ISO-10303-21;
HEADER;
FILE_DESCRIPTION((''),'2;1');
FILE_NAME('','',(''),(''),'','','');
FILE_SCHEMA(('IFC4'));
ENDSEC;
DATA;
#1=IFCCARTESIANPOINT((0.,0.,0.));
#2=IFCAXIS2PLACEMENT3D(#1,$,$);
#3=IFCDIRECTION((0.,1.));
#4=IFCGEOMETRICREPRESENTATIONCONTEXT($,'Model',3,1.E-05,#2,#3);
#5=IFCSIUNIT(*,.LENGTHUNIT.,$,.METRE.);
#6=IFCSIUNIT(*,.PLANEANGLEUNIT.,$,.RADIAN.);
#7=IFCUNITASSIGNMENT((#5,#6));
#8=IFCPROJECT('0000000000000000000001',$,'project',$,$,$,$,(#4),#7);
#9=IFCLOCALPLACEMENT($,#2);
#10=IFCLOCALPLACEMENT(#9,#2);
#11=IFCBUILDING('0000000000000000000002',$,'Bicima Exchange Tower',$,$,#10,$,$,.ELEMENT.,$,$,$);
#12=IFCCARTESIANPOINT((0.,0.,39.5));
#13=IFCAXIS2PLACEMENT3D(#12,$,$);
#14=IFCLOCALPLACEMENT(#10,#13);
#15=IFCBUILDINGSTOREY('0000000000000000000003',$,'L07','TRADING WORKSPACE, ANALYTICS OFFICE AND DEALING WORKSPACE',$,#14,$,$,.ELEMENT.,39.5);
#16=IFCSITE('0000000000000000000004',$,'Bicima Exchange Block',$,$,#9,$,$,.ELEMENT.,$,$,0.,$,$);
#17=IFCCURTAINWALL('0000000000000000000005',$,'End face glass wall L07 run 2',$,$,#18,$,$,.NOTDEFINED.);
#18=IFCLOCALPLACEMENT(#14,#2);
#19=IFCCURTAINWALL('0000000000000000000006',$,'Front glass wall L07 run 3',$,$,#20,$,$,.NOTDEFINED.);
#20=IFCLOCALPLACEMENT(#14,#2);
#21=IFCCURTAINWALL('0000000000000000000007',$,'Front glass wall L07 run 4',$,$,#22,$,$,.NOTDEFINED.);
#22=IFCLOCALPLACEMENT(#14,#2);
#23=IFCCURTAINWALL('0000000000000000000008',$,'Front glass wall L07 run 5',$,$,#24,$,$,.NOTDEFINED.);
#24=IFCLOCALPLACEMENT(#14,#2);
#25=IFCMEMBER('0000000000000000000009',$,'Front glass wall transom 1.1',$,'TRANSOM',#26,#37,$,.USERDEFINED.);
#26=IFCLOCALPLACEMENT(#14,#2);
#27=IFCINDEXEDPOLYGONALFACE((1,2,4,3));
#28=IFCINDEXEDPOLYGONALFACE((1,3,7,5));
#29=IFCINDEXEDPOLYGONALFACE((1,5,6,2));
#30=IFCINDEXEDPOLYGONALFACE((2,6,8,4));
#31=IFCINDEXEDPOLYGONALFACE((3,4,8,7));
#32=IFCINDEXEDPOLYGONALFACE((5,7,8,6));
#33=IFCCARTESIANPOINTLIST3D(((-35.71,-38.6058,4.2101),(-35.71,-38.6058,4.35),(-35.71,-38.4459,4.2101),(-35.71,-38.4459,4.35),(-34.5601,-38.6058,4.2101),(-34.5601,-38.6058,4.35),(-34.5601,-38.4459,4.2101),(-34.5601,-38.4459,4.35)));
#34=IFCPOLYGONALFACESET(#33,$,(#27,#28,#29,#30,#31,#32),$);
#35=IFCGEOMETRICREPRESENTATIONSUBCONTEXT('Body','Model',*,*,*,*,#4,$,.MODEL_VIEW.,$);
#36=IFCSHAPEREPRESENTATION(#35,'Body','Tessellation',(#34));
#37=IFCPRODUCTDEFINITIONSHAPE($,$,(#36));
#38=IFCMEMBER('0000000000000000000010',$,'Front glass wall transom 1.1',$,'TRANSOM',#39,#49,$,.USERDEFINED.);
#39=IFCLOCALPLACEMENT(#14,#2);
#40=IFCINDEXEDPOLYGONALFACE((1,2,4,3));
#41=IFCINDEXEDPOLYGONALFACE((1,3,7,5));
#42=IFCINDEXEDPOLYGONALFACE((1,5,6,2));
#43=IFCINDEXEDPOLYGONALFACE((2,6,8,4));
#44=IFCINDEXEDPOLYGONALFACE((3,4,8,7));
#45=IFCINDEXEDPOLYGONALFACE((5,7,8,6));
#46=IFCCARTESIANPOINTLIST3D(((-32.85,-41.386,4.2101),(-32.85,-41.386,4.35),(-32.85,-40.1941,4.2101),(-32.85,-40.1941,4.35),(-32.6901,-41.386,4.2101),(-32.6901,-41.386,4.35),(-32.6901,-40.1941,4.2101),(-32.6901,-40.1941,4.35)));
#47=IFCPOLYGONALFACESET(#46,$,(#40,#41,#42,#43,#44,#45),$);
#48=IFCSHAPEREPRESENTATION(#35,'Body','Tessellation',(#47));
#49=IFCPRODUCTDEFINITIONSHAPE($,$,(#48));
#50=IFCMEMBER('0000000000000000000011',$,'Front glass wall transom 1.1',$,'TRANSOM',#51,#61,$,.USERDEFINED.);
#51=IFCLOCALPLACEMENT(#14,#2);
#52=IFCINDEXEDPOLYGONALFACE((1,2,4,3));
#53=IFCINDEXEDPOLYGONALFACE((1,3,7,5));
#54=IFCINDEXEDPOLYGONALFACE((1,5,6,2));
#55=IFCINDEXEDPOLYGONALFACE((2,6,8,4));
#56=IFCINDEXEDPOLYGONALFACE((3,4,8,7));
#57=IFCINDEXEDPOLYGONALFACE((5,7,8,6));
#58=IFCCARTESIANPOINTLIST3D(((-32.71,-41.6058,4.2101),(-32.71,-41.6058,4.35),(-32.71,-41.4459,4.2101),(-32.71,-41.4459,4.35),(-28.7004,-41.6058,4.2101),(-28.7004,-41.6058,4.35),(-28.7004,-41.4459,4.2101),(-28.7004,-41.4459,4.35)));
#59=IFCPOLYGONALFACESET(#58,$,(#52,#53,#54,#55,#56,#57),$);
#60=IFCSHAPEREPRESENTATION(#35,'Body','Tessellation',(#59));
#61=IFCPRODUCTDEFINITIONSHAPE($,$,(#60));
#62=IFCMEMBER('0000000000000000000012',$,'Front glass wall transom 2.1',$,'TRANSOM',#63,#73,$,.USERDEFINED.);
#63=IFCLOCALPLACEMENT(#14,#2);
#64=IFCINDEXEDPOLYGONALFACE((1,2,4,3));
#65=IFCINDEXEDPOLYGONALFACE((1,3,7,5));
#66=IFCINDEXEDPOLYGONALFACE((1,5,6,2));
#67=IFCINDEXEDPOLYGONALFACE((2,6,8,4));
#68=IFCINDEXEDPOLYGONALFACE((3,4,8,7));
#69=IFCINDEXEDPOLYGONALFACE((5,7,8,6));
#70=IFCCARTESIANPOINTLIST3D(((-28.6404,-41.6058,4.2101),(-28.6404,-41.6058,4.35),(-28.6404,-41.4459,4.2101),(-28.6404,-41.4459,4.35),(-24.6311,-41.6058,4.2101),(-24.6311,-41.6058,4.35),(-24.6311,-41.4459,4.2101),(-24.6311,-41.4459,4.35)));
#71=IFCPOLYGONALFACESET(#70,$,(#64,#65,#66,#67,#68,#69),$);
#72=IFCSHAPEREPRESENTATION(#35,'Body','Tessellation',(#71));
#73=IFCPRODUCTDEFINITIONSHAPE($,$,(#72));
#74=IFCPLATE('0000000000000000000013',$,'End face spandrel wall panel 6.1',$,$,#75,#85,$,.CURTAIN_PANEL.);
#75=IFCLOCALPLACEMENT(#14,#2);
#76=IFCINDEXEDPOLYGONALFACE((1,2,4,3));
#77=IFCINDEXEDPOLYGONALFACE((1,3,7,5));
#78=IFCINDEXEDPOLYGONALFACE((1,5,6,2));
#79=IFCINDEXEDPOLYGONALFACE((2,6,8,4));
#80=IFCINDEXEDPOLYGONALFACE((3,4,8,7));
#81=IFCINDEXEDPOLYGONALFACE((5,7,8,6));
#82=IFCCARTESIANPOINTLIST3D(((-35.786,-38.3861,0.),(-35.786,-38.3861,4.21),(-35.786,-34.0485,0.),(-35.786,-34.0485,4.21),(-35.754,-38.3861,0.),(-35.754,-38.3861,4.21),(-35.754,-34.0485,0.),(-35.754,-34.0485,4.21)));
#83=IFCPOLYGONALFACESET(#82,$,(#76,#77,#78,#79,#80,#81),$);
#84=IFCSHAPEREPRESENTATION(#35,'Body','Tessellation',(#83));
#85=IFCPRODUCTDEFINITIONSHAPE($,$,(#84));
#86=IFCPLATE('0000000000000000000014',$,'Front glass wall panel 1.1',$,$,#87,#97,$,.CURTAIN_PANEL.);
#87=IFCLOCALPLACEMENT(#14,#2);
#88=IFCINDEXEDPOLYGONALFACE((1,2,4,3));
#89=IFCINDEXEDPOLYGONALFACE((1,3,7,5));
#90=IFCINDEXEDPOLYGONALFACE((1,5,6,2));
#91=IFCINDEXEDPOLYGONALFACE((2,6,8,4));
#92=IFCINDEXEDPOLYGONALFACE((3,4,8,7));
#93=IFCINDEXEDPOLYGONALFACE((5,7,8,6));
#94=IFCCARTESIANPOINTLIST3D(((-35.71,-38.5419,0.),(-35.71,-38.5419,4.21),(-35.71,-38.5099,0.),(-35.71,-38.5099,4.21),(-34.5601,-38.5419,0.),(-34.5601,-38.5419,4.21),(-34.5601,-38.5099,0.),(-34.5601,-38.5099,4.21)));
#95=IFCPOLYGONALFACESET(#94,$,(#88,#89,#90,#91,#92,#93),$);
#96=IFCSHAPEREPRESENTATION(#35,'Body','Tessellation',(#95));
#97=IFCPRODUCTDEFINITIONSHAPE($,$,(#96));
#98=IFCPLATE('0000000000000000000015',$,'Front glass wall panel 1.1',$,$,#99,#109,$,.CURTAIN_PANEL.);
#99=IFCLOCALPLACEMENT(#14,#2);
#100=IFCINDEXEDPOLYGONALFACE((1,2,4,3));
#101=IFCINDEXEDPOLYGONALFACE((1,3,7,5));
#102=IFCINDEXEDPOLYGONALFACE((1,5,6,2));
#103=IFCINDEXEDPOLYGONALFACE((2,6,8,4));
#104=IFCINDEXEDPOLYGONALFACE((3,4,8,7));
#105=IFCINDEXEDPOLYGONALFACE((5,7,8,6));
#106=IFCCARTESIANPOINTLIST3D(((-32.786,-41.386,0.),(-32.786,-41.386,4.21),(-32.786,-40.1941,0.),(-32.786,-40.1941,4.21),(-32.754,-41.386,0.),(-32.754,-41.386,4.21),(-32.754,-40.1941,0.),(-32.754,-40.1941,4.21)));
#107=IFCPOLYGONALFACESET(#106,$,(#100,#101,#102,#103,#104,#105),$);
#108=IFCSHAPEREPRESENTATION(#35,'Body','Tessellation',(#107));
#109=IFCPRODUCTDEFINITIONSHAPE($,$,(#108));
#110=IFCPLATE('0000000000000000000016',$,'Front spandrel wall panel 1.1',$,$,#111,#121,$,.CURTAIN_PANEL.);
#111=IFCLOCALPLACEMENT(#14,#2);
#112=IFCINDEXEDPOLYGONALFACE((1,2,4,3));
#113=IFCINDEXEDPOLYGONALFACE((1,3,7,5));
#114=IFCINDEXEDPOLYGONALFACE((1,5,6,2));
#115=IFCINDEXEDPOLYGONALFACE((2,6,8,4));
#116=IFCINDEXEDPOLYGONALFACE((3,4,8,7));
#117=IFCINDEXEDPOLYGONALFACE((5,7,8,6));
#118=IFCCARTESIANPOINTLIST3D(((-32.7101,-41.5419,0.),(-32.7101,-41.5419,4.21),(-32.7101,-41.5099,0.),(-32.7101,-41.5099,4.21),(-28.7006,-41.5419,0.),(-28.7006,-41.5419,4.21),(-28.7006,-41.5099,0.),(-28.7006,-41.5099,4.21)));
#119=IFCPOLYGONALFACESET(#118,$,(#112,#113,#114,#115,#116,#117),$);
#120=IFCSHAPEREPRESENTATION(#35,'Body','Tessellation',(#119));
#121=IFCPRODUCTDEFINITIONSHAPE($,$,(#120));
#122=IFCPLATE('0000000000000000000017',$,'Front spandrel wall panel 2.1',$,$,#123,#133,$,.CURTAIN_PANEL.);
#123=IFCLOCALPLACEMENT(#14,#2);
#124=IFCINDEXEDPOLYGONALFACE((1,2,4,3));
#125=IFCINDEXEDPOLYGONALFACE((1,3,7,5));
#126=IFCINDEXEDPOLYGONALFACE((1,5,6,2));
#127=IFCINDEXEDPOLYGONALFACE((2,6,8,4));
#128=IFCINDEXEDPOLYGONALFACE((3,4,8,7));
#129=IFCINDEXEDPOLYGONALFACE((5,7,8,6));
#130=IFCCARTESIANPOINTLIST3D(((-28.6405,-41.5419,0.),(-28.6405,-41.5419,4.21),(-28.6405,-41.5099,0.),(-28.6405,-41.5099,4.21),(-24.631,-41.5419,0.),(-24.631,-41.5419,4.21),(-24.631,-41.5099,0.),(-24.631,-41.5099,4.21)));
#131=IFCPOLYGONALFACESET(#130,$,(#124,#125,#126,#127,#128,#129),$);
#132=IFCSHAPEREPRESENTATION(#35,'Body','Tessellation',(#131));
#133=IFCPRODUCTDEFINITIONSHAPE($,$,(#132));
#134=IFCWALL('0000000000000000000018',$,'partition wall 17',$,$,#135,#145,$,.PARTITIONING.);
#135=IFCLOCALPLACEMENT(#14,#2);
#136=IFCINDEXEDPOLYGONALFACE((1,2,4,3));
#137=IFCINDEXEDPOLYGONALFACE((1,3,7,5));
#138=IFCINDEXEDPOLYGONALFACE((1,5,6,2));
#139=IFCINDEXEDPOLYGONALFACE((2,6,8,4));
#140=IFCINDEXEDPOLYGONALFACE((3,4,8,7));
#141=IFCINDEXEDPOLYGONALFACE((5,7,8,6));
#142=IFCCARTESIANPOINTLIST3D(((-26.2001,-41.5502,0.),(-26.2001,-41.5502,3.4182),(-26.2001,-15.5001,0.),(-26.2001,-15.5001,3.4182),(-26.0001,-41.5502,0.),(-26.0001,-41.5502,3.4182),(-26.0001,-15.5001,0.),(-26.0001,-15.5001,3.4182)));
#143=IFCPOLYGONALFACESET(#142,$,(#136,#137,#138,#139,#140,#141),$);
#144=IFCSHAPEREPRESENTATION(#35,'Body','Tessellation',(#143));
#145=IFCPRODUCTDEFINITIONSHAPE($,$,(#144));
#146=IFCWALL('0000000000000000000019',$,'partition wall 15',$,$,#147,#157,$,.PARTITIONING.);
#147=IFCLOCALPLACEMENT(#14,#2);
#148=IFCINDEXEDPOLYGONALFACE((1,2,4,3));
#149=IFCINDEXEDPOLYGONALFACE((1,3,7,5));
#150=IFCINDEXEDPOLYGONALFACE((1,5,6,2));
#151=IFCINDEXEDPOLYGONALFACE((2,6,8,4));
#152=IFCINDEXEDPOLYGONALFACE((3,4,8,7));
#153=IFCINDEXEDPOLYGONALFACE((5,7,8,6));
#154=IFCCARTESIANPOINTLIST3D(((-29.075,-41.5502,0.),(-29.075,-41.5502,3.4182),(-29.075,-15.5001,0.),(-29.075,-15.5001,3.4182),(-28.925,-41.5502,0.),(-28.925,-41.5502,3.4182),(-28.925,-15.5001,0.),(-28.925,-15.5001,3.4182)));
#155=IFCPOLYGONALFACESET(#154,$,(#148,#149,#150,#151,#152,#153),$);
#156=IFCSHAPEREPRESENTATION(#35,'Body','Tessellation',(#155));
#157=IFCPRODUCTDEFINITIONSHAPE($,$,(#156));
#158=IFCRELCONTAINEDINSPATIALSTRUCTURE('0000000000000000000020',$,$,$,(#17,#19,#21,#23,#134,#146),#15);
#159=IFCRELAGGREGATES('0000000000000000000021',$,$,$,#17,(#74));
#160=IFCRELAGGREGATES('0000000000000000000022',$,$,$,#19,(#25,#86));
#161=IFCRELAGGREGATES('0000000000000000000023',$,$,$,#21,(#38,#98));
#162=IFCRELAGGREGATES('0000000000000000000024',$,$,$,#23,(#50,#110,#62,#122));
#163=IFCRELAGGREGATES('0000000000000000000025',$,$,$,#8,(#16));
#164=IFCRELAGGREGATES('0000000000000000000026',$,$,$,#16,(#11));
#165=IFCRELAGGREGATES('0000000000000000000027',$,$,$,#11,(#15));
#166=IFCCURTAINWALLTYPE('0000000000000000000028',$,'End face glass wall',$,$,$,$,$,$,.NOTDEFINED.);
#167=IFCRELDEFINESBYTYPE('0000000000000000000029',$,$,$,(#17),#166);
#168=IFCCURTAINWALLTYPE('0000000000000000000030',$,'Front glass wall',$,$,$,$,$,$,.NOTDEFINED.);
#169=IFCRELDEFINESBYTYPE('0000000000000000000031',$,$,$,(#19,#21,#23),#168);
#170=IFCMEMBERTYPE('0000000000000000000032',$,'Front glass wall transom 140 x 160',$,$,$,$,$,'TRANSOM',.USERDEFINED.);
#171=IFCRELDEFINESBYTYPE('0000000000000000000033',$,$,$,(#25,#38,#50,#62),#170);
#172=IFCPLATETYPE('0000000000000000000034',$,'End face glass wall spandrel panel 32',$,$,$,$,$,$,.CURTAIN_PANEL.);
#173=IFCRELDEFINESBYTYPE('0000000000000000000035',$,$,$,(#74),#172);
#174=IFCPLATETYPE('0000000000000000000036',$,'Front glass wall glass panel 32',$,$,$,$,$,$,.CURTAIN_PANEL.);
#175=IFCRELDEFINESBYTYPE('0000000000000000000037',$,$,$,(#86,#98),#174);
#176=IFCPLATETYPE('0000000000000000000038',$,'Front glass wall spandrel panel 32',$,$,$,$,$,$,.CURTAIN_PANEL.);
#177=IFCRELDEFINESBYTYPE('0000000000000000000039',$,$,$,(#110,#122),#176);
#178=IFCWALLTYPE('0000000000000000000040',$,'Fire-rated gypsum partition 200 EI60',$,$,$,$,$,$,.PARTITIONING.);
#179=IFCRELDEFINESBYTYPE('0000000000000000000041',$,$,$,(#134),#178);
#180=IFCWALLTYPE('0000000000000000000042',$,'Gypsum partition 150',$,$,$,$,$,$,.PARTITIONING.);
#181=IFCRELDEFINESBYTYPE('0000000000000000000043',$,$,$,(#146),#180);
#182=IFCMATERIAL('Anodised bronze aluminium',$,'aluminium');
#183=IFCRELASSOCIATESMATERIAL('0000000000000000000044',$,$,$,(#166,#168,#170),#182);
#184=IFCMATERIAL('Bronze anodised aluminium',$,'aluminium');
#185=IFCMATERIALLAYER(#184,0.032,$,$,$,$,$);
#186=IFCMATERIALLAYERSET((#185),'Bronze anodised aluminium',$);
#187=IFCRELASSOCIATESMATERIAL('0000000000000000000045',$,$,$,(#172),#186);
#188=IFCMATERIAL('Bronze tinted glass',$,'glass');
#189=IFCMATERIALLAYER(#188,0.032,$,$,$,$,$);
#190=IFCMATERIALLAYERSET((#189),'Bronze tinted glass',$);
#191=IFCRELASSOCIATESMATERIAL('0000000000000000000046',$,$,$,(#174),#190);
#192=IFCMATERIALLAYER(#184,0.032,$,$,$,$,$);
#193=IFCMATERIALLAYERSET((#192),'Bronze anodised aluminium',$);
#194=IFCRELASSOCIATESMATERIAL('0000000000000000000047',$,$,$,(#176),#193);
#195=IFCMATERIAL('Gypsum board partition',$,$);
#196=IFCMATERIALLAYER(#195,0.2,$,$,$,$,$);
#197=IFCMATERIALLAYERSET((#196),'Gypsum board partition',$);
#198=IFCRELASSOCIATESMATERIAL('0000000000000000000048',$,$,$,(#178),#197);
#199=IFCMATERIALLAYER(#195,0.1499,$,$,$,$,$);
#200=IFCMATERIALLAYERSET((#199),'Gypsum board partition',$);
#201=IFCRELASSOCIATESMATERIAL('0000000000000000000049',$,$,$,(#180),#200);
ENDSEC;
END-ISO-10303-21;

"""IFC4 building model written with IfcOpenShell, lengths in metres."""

from ifc_helpers import new_model, si_unit, direction, frame, frame_2d, origin, origin_2d, place, context, subcontext, project, spatial, rectangle, extrude, material, layer, layer_set, material_profile, profile_set, type_object, element, aggregate, save


model = new_model("IFC4")

# Units and contexts
model_context = context("Model", 3, precision=1e-05, world=origin(), true_north=direction((0.0, 1.0)))
body_context = subcontext(model_context, "Body", "Model", "MODEL_VIEW")
ifc_project = project(units=[si_unit("LENGTHUNIT", "METRE"), si_unit("PLANEANGLEUNIT", "RADIAN")], contexts=[model_context])

# Site, building, storey
site_placement = place(None, origin())
site = spatial("IfcSite", under=ifc_project, at=site_placement, Name="Bicima Exchange Block", CompositionType="ELEMENT", RefElevation=0.0)
building_placement = place(site_placement, origin())
building = spatial("IfcBuilding", under=site, at=building_placement, Name="Bicima Exchange Tower", CompositionType="ELEMENT")
storey_placement = place(building_placement, frame((0.0, 0.0, 39.5)))
storey = spatial("IfcBuildingStorey", under=building, at=storey_placement, Name="L07", Description="TRADING WORKSPACE, ANALYTICS OFFICE AND DEALING WORKSPACE", CompositionType="ELEMENT", Elevation=39.5)

# Curtain wall
ifc_material_1 = material(Name="Anodised bronze aluminium", Category="aluminium")
curtain_wall_type_1 = type_object("IfcCurtainWallType", Name="End face glass wall", PredefinedType="NOTDEFINED", material=ifc_material_1)
curtain_wall_1_placement = place(storey_placement, origin())
curtain_wall_1 = element("IfcCurtainWall", 1, at=curtain_wall_1_placement, inside=storey, type_object=curtain_wall_type_1, Name="End face glass wall L07 run 2", PredefinedType="NOTDEFINED")

# Curtain walls
curtain_wall_type_2 = type_object("IfcCurtainWallType", Name="Front glass wall", PredefinedType="NOTDEFINED", material=ifc_material_1)
curtain_wall_2_placement = place(storey_placement, origin())
curtain_wall_2 = element("IfcCurtainWall", 2, at=curtain_wall_2_placement, inside=storey, type_object=curtain_wall_type_2, Name="Front glass wall L07 run 3", PredefinedType="NOTDEFINED")
curtain_wall_3_placement = place(storey_placement, origin())
curtain_wall_3 = element("IfcCurtainWall", 3, at=curtain_wall_3_placement, inside=storey, type_object=curtain_wall_type_2, Name="Front glass wall L07 run 4", PredefinedType="NOTDEFINED")
curtain_wall_4_placement = place(storey_placement, origin())
curtain_wall_4 = element("IfcCurtainWall", 4, at=curtain_wall_4_placement, inside=storey, type_object=curtain_wall_type_2, Name="Front glass wall L07 run 5", PredefinedType="NOTDEFINED")

# Members
ifc_material_profile_1 = material_profile(ifc_material_1, rectangle(XDim=0.1599, YDim=0.1399, at=origin_2d()))
ifc_profile_set_1 = profile_set([ifc_material_profile_1], Name="Anodised bronze aluminium")
member_type_1 = type_object("IfcMemberType", Name="Front glass wall transom 140 x 160", ElementType="TRANSOM", PredefinedType="USERDEFINED", material=ifc_profile_set_1)
member_1_placement = place(storey_placement, frame((-35.71, -38.5259, 4.28), z_axis=(1.0, 0.0, 0.0), x_axis=(0.0, 1.0, 0.0)))
member_1 = element("IfcMember", 5, at=member_1_placement, type_object=member_type_1, Name="Front glass wall transom 1.1", ObjectType="TRANSOM", PredefinedType="USERDEFINED", context=body_context, shape_type="SweptSolid", body=[
    extrude(rectangle(XDim=0.1599, YDim=0.1399, at=origin_2d()), origin(), (0.0, 0.0, 1.0), 1.1499),
])
member_2_placement = place(storey_placement, frame((-32.77, -40.1941, 4.28), z_axis=(0.0, -1.0, 0.0), x_axis=(1.0, 0.0, 0.0)))
member_2 = element("IfcMember", 6, at=member_2_placement, type_object=member_type_1, Name="Front glass wall transom 1.1", ObjectType="TRANSOM", PredefinedType="USERDEFINED", context=body_context, shape_type="SweptSolid", body=[
    extrude(rectangle(XDim=0.1599, YDim=0.1399, at=origin_2d()), origin(), (0.0, 0.0, 1.0), 1.1919),
])
member_3_placement = place(storey_placement, frame((-32.71, -41.5259, 4.28), z_axis=(1.0, 0.0, 0.0), x_axis=(0.0, 1.0, 0.0)))
member_3 = element("IfcMember", 7, at=member_3_placement, type_object=member_type_1, Name="Front glass wall transom 1.1", ObjectType="TRANSOM", PredefinedType="USERDEFINED", context=body_context, shape_type="SweptSolid", body=[
    extrude(rectangle(XDim=0.1599, YDim=0.1399, at=origin_2d()), origin(), (0.0, 0.0, 1.0), 4.0095),
])
member_4_placement = place(storey_placement, frame((-28.6404, -41.5259, 4.28), z_axis=(1.0, 0.0, 0.0), x_axis=(0.0, 1.0, 0.0)))
member_4 = element("IfcMember", 8, at=member_4_placement, type_object=member_type_1, Name="Front glass wall transom 2.1", ObjectType="TRANSOM", PredefinedType="USERDEFINED", context=body_context, shape_type="SweptSolid", body=[
    extrude(rectangle(XDim=0.1599, YDim=0.1399, at=origin_2d()), origin(), (0.0, 0.0, 1.0), 4.0093),
])

# Plates
ifc_material_2 = material(Name="Bronze anodised aluminium", Category="aluminium")
ifc_layer_1 = layer(ifc_material_2, 0.032)
ifc_layer_set_1 = layer_set([ifc_layer_1], Name="Bronze anodised aluminium")
plate_type_1 = type_object("IfcPlateType", Name="End face glass wall spandrel panel 32", PredefinedType="CURTAIN_PANEL", material=ifc_layer_set_1)
plate_1_placement = place(storey_placement, frame((-35.77, -36.2173, 0.0), z_axis=(0.0, 0.0, 1.0), x_axis=(0.0, -1.0, 0.0)))
plate_1 = element("IfcPlate", 9, at=plate_1_placement, type_object=plate_type_1, Name="End face spandrel wall panel 6.1", PredefinedType="CURTAIN_PANEL", context=body_context, shape_type="SweptSolid", body=[
    extrude(rectangle(XDim=4.3376, YDim=0.032, at=origin_2d()), origin(), (0.0, 0.0, 1.0), 4.21),
])
aggregate(curtain_wall_1, [plate_1])
ifc_material_3 = material(Name="Bronze tinted glass", Category="glass")
ifc_layer_2 = layer(ifc_material_3, 0.032)
ifc_layer_set_2 = layer_set([ifc_layer_2], Name="Bronze tinted glass")
plate_type_2 = type_object("IfcPlateType", Name="Front glass wall glass panel 32", PredefinedType="CURTAIN_PANEL", material=ifc_layer_set_2)
plate_2_placement = place(storey_placement, frame((-35.135, -38.5259, 0.0), z_axis=(0.0, 0.0, 1.0), x_axis=(1.0, 0.0, 0.0)))
plate_2 = element("IfcPlate", 10, at=plate_2_placement, type_object=plate_type_2, Name="Front glass wall panel 1.1", PredefinedType="CURTAIN_PANEL", context=body_context, shape_type="SweptSolid", body=[
    extrude(rectangle(XDim=1.1499, YDim=0.032, at=origin_2d()), origin(), (0.0, 0.0, 1.0), 4.21),
])
aggregate(curtain_wall_2, [member_1, plate_2])
plate_3_placement = place(storey_placement, frame((-32.77, -40.79, 0.0), z_axis=(0.0, 0.0, 1.0), x_axis=(0.0, -1.0, 0.0)))
plate_3 = element("IfcPlate", 11, at=plate_3_placement, type_object=plate_type_2, Name="Front glass wall panel 1.1", PredefinedType="CURTAIN_PANEL", context=body_context, shape_type="SweptSolid", body=[
    extrude(rectangle(XDim=1.1919, YDim=0.032, at=origin_2d()), origin(), (0.0, 0.0, 1.0), 4.21),
])
aggregate(curtain_wall_3, [member_2, plate_3])
ifc_layer_3 = layer(ifc_material_2, 0.032)
ifc_layer_set_3 = layer_set([ifc_layer_3], Name="Bronze anodised aluminium")
plate_type_3 = type_object("IfcPlateType", Name="Front glass wall spandrel panel 32", PredefinedType="CURTAIN_PANEL", material=ifc_layer_set_3)
plate_4_placement = place(storey_placement, frame((-30.7053, -41.5259, 0.0), z_axis=(0.0, 0.0, 1.0), x_axis=(1.0, 0.0, 0.0)))
plate_4 = element("IfcPlate", 12, at=plate_4_placement, type_object=plate_type_3, Name="Front spandrel wall panel 1.1", PredefinedType="CURTAIN_PANEL", context=body_context, shape_type="SweptSolid", body=[
    extrude(rectangle(XDim=4.0095, YDim=0.032, at=origin_2d()), origin(), (0.0, 0.0, 1.0), 4.21),
])
plate_5_placement = place(storey_placement, frame((-26.6357, -41.5259, 0.0), z_axis=(0.0, 0.0, 1.0), x_axis=(1.0, 0.0, 0.0)))
plate_5 = element("IfcPlate", 13, at=plate_5_placement, type_object=plate_type_3, Name="Front spandrel wall panel 2.1", PredefinedType="CURTAIN_PANEL", context=body_context, shape_type="SweptSolid", body=[
    extrude(rectangle(XDim=4.0095, YDim=0.032, at=origin_2d()), origin(), (0.0, 0.0, 1.0), 4.21),
])
aggregate(curtain_wall_4, [member_3, plate_4, member_4, plate_5])

# Walls
ifc_material_4 = material(Name="Gypsum board partition")
ifc_layer_4 = layer(ifc_material_4, 0.2)
ifc_layer_set_4 = layer_set([ifc_layer_4], Name="Gypsum board partition")
wall_type_1 = type_object("IfcWallType", Name="Fire-rated gypsum partition 200 EI60", PredefinedType="PARTITIONING", material=ifc_layer_set_4)
wall_1_placement = place(storey_placement, frame((-26.1001, -41.55, 0.0), z_axis=(0.0, 0.0, 1.0), x_axis=(0.0, 1.0, 0.0)))
element("IfcWall", 14, at=wall_1_placement, inside=storey, type_object=wall_type_1, Name="partition wall 17", PredefinedType="PARTITIONING", context=body_context, shape_type="SweptSolid", body=[
    extrude(rectangle(XDim=26.05, YDim=0.2, at=frame_2d((13.0249, 0.0))), origin(), (0.0, 0.0, 1.0), 3.4182),
])
ifc_layer_5 = layer(ifc_material_4, 0.1499)
ifc_layer_set_5 = layer_set([ifc_layer_5], Name="Gypsum board partition")
wall_type_2 = type_object("IfcWallType", Name="Gypsum partition 150", PredefinedType="PARTITIONING", material=ifc_layer_set_5)
wall_2_placement = place(storey_placement, frame((-29.0, -41.55, 0.0), z_axis=(0.0, 0.0, 1.0), x_axis=(0.0, 1.0, 0.0)))
element("IfcWall", 15, at=wall_2_placement, inside=storey, type_object=wall_type_2, Name="partition wall 15", PredefinedType="PARTITIONING", context=body_context, shape_type="SweptSolid", body=[
    extrude(rectangle(XDim=26.05, YDim=0.1499, at=frame_2d((13.0249, 0.0))), origin(), (0.0, 0.0, 1.0), 3.4182),
])

save(model, "model.ifc")
